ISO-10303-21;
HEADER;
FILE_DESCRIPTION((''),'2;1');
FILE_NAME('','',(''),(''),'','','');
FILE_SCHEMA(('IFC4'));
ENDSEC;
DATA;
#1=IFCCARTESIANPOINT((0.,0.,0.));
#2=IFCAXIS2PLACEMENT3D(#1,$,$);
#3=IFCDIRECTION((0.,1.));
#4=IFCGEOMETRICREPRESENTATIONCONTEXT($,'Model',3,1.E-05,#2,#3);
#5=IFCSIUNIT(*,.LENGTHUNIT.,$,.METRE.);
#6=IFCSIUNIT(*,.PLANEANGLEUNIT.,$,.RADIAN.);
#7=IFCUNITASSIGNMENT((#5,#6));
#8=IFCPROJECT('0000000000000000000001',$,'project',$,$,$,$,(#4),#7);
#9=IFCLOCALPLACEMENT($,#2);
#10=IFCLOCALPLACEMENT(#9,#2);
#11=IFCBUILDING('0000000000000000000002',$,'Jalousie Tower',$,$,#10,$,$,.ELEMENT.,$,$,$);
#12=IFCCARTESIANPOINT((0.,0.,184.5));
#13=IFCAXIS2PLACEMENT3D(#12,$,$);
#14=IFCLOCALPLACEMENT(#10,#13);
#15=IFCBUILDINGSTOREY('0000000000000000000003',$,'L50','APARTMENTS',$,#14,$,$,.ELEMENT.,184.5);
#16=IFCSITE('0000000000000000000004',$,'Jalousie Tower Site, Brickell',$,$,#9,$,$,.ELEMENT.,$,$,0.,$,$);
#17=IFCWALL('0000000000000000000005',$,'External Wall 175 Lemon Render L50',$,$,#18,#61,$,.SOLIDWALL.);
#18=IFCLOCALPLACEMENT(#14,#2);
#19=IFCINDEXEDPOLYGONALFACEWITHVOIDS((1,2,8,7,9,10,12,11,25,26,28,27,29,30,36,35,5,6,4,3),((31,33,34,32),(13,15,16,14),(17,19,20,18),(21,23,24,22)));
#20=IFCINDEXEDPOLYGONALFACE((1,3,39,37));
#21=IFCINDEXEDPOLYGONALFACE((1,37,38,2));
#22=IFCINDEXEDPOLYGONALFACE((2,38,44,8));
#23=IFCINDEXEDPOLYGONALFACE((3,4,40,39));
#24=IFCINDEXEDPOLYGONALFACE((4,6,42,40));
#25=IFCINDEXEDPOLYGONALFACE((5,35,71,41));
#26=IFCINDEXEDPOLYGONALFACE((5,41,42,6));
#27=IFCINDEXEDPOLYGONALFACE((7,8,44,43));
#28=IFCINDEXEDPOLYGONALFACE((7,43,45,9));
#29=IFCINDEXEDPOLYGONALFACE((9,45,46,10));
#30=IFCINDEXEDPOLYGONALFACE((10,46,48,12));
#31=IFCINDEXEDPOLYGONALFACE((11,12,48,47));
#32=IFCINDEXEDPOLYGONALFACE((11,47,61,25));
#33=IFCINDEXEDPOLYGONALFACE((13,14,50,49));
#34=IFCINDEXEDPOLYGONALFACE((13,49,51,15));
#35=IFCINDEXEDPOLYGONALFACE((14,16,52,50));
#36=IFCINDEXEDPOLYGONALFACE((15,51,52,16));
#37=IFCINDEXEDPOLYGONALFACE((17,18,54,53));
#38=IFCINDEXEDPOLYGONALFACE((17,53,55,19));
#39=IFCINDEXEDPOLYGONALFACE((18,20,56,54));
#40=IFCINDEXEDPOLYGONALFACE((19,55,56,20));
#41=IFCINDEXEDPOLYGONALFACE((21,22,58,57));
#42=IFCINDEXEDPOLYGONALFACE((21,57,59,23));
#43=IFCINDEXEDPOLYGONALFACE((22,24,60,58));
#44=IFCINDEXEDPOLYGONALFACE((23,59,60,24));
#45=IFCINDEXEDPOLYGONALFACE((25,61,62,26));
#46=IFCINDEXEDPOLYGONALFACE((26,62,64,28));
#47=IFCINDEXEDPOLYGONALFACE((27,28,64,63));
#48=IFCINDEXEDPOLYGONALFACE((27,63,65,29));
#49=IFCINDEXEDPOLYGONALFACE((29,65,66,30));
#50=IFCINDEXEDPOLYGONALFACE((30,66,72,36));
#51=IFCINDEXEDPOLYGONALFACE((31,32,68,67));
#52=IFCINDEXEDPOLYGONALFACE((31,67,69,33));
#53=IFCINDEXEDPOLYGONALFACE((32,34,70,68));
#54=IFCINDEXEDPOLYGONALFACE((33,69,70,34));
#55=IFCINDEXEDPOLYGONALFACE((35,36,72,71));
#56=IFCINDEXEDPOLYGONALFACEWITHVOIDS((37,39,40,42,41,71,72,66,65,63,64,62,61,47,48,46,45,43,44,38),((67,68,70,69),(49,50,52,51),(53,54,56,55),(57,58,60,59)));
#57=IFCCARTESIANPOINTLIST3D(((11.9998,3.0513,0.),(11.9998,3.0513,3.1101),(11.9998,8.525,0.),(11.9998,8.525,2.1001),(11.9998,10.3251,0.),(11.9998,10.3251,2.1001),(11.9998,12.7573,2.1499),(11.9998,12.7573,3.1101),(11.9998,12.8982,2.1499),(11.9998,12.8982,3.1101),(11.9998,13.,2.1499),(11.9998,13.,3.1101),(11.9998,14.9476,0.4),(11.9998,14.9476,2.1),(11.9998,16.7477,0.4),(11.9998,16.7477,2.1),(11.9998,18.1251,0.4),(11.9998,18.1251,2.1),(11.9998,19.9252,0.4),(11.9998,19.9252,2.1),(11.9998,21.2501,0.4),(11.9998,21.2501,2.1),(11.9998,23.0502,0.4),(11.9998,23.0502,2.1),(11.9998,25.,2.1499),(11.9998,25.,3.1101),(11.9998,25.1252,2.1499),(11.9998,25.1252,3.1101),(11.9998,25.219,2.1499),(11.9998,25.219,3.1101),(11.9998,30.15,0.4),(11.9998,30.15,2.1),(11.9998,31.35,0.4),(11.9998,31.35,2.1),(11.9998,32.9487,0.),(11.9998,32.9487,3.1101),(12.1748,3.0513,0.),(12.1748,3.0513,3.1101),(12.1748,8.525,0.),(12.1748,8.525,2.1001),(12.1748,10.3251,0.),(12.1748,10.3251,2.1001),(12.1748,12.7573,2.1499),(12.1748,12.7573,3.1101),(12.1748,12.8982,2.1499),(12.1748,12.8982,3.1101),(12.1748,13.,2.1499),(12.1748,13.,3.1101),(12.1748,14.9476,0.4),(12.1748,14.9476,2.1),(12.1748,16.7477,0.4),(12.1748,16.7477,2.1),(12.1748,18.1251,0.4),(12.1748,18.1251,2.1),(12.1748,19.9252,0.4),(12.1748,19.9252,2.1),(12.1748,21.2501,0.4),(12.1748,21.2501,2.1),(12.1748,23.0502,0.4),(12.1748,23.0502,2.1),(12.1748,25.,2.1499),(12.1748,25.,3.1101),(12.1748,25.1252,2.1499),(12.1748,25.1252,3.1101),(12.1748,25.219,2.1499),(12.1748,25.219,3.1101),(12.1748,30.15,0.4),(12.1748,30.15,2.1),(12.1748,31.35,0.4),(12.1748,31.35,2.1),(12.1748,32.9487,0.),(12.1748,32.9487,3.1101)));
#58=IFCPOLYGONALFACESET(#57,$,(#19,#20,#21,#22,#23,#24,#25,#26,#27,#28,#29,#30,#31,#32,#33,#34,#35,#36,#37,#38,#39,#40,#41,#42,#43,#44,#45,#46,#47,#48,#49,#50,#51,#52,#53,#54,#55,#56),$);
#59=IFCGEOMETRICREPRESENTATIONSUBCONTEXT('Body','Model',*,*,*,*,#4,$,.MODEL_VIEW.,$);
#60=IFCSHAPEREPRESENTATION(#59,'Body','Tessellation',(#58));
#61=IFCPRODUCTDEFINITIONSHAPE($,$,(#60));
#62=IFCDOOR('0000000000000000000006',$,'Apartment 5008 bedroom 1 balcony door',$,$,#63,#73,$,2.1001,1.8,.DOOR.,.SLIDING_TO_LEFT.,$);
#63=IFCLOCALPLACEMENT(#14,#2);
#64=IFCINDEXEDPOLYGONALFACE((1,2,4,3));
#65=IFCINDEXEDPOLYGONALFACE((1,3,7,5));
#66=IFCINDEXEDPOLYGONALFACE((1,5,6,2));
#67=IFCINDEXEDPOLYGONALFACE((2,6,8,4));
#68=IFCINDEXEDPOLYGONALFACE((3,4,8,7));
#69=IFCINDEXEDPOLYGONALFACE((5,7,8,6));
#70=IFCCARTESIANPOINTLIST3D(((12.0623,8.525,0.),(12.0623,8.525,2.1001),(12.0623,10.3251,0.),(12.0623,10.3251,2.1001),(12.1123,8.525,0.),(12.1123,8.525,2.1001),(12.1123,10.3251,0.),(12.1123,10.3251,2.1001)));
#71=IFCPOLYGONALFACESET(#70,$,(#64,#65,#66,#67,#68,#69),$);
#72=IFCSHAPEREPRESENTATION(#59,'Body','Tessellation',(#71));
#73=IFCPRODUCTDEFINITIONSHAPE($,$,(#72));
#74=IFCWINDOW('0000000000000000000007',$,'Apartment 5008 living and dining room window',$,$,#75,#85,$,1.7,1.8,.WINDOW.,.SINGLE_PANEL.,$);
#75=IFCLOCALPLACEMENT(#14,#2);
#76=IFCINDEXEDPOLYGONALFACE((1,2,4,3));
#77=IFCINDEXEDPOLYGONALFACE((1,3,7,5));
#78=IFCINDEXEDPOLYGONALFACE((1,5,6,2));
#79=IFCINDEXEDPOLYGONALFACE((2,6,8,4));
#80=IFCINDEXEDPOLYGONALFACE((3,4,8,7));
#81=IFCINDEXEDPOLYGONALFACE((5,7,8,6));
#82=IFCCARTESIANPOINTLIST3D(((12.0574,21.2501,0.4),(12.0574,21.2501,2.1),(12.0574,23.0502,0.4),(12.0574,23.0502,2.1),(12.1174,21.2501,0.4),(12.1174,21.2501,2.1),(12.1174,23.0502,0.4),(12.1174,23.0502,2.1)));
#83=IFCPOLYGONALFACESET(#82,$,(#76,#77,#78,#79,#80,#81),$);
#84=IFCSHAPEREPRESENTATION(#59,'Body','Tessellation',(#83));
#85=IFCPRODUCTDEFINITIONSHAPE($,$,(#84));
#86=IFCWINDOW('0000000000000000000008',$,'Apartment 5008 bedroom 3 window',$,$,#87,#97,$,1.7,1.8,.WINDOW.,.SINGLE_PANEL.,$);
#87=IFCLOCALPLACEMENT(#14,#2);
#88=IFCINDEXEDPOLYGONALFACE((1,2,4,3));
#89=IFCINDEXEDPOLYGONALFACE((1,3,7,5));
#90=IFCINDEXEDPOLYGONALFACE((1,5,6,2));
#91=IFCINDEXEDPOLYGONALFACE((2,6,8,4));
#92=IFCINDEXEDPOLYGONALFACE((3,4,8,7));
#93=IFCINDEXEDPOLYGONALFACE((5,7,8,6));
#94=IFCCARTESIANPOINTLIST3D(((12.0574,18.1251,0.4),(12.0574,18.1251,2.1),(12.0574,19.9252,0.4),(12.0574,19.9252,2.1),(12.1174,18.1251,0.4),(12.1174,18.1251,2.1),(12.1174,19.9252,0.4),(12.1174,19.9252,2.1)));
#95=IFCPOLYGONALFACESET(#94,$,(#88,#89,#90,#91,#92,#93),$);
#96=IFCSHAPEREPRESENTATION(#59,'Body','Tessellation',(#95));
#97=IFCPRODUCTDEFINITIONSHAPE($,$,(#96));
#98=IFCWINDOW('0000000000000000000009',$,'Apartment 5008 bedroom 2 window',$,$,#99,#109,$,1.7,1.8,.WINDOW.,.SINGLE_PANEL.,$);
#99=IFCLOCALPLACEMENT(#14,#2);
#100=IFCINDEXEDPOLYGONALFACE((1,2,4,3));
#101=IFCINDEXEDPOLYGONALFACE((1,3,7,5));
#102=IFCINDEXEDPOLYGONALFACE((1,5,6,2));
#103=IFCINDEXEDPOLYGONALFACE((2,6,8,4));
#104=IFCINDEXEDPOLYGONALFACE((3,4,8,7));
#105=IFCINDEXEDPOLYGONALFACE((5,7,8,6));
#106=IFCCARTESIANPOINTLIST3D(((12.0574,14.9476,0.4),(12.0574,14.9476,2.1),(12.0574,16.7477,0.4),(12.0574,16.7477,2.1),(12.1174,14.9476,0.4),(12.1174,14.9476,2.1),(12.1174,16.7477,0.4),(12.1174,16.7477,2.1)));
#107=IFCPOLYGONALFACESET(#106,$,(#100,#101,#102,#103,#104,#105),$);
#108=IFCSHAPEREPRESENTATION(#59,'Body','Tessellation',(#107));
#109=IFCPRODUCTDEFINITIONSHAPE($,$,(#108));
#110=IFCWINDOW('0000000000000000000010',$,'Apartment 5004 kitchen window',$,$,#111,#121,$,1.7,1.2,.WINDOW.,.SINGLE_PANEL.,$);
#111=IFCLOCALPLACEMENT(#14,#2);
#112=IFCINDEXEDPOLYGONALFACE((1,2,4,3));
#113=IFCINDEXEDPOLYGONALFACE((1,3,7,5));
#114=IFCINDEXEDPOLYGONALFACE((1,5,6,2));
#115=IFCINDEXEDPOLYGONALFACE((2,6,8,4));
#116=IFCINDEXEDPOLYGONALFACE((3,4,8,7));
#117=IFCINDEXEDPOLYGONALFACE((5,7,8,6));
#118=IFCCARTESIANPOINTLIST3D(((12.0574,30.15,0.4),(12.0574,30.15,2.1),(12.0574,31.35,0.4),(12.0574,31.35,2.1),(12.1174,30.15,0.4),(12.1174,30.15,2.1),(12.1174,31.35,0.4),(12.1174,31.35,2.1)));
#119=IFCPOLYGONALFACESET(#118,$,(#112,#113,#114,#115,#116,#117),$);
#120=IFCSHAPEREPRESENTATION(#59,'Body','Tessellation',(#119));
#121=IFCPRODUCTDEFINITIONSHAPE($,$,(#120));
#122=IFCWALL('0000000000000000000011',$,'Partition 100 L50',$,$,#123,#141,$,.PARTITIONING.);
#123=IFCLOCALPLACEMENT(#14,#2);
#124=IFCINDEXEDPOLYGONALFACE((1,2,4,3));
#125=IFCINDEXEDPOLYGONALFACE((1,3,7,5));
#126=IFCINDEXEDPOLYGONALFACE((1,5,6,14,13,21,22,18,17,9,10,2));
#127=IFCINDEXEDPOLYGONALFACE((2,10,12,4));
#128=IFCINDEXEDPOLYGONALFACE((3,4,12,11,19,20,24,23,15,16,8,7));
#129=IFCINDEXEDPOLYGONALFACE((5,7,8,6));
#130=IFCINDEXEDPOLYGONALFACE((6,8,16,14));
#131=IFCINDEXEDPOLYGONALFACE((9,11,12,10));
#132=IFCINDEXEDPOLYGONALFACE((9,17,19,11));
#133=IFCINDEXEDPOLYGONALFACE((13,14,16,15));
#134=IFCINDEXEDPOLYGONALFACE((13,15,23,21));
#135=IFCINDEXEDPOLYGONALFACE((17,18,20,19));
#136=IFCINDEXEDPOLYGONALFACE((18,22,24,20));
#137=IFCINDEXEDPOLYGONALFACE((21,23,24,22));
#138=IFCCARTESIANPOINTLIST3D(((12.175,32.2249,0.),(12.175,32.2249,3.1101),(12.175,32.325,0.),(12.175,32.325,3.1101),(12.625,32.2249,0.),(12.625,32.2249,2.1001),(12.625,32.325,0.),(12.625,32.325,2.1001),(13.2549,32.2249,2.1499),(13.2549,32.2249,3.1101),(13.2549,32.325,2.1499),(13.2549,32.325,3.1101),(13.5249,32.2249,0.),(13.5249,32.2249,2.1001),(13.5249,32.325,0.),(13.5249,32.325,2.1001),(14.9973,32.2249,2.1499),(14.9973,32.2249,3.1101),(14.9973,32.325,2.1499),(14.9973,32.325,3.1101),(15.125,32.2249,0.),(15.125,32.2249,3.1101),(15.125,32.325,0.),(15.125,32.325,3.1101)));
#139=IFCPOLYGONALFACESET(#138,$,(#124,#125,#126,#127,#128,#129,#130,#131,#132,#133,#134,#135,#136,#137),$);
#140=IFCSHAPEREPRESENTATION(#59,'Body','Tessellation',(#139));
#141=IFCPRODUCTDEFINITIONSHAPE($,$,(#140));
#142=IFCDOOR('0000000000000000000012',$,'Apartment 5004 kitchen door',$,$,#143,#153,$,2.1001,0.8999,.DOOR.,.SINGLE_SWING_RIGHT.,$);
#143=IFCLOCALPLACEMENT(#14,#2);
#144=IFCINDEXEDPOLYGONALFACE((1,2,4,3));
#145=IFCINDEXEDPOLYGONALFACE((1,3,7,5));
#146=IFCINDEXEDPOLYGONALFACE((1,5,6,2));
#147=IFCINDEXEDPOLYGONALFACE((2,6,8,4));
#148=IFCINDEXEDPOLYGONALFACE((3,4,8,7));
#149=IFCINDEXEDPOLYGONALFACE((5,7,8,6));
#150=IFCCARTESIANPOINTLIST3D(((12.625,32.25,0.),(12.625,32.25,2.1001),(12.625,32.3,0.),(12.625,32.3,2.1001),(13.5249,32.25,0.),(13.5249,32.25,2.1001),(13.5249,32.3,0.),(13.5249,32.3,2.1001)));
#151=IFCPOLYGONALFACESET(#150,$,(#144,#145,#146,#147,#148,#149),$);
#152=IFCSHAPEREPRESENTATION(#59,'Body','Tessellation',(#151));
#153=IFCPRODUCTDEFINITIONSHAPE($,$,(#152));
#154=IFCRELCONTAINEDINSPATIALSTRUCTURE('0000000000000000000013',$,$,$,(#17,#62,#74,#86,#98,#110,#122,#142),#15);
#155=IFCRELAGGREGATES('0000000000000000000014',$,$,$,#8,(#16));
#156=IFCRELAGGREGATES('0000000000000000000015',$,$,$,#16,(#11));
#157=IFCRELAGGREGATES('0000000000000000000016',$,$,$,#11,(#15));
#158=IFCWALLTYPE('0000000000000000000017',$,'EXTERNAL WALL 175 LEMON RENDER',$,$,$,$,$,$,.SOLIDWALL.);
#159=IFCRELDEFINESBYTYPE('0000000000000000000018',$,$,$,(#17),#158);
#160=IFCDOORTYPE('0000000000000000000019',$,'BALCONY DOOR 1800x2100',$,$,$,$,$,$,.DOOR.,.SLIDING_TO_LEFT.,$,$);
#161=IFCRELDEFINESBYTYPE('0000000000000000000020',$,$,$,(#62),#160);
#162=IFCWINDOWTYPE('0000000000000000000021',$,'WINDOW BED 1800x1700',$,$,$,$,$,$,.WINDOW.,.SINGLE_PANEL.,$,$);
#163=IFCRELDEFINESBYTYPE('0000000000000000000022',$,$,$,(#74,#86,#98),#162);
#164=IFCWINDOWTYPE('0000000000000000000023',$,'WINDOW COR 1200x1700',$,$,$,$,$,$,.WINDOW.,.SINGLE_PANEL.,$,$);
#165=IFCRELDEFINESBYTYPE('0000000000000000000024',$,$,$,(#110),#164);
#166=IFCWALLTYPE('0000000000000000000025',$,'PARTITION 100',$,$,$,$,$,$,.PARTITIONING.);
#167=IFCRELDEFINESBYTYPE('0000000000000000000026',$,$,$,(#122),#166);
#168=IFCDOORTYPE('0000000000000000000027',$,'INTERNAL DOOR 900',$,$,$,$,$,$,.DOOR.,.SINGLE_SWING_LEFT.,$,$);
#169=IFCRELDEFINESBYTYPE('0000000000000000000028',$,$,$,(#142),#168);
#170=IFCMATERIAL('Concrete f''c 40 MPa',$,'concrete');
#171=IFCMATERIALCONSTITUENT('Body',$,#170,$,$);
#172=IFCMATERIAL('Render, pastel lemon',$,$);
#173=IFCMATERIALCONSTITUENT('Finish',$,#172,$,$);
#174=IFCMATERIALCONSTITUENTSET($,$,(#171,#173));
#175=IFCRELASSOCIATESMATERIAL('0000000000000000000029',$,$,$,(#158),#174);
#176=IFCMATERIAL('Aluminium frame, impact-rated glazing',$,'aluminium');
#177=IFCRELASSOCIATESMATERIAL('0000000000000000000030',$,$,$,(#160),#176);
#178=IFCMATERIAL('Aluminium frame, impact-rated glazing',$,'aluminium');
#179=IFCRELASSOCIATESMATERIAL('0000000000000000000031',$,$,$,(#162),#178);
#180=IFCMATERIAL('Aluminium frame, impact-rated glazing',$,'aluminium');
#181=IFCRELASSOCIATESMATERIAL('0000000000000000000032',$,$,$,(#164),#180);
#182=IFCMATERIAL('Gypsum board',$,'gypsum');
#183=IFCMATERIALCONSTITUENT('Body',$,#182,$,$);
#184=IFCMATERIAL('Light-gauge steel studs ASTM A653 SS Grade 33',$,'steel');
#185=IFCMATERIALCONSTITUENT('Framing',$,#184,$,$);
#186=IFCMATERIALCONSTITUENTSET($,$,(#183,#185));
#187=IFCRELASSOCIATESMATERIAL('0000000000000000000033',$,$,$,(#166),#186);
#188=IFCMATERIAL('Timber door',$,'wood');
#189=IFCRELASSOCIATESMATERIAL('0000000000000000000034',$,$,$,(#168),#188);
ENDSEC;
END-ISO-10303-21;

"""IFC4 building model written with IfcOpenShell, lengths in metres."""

from ifc_helpers import new_model, si_unit, direction, frame, frame_2d, origin, place, context, subcontext, project, spatial, polyline, rectangle, outline, extrude, material, constituent, constituent_set, type_object, element, fill, save


model = new_model("IFC4")

# Units and contexts
model_context = context("Model", 3, precision=1e-05, world=origin(), true_north=direction((0.0, 1.0)))
body_context = subcontext(model_context, "Body", "Model", "MODEL_VIEW")
ifc_project = project(units=[si_unit("LENGTHUNIT", "METRE"), si_unit("PLANEANGLEUNIT", "RADIAN")], contexts=[model_context])

# Site, building, storey
site_placement = place(None, origin())
site = spatial("IfcSite", under=ifc_project, at=site_placement, Name="Jalousie Tower Site, Brickell", CompositionType="ELEMENT", RefElevation=0.0)
building_placement = place(site_placement, origin())
building = spatial("IfcBuilding", under=site, at=building_placement, Name="Jalousie Tower", CompositionType="ELEMENT")
storey_placement = place(building_placement, frame((0.0, 0.0, 184.5)))
storey = spatial("IfcBuildingStorey", under=building, at=storey_placement, Name="L50", Description="APARTMENTS", CompositionType="ELEMENT", Elevation=184.5)

# Wall, openings, door, windows
ifc_material_1 = material(Name="Concrete f'c 40 MPa", Category="concrete")
ifc_constituent_1 = constituent(ifc_material_1, Name="Body")
ifc_material_2 = material(Name="Render, pastel lemon")
ifc_constituent_2 = constituent(ifc_material_2, Name="Finish")
ifc_constituent_set_1 = constituent_set(constituents=[ifc_constituent_1, ifc_constituent_2])
wall_type_1 = type_object("IfcWallType", Name="EXTERNAL WALL 175 LEMON RENDER", PredefinedType="SOLIDWALL", material=ifc_constituent_set_1)
wall_1_placement = place(storey_placement, frame((12.0874, 32.9487, 0.0), z_axis=(0.0, 0.0, 1.0), x_axis=(0.0, -1.0, 0.0)))
wall_1 = element("IfcWall", 1, at=wall_1_placement, inside=storey, type_object=wall_type_1, Name="External Wall 175 Lemon Render L50", PredefinedType="SOLIDWALL", context=body_context, shape_type="SweptSolid", body=[
    extrude(outline(polyline([(0.0, 0.0), (29.8975, 0.0), (29.8975, 3.1101), (20.1914, 3.1101), (20.1914, 2.1499), (20.0505, 2.1499), (20.0505, 3.1101), (19.9487, 3.1101), (19.9487, 2.1499), (7.9487, 2.1499), (7.9487, 3.1101), (7.8235, 3.1101), (7.8235, 2.1499), (7.7297, 2.1499), (7.7297, 3.1101), (0.0, 3.1101), (0.0, 0.0)])), frame((0.0, 0.0874, 0.0), z_axis=(0.0, -1.0, 0.0), x_axis=(1.0, 0.0, 0.0)), (0.0, 0.0, 1.0), 0.175),
])
opening_1_placement = place(wall_1_placement, frame((1.5986, 0.0, 0.3999)))
opening_1 = element("IfcOpeningElement", 2, at=opening_1_placement, cuts=wall_1, PredefinedType="OPENING", context=body_context, shape_type="SweptSolid", body=[
    extrude(rectangle(XDim=1.2, YDim=1.7, at=frame_2d((0.6001, 0.8501))), frame((0.0, 0.0974, 0.0), z_axis=(0.0, -1.0, 0.0), x_axis=(1.0, 0.0, 0.0)), (0.0, 0.0, 1.0), 0.1951),
])
opening_2_placement = place(wall_1_placement, frame((9.8987, 0.0, 0.3999)))
opening_2 = element("IfcOpeningElement", 3, at=opening_2_placement, cuts=wall_1, PredefinedType="OPENING", context=body_context, shape_type="SweptSolid", body=[
    extrude(rectangle(XDim=1.8, YDim=1.7, at=frame_2d((0.8999, 0.8501))), frame((0.0, 0.0974, 0.0), z_axis=(0.0, -1.0, 0.0), x_axis=(1.0, 0.0, 0.0)), (0.0, 0.0, 1.0), 0.1951),
])
opening_3_placement = place(wall_1_placement, frame((13.0237, 0.0, 0.3999)))
opening_3 = element("IfcOpeningElement", 4, at=opening_3_placement, cuts=wall_1, PredefinedType="OPENING", context=body_context, shape_type="SweptSolid", body=[
    extrude(rectangle(XDim=1.8, YDim=1.7, at=frame_2d((0.8999, 0.8501))), frame((0.0, 0.0974, 0.0), z_axis=(0.0, -1.0, 0.0), x_axis=(1.0, 0.0, 0.0)), (0.0, 0.0, 1.0), 0.1951),
])
opening_4_placement = place(wall_1_placement, frame((16.2012, 0.0, 0.3999)))
opening_4 = element("IfcOpeningElement", 5, at=opening_4_placement, cuts=wall_1, PredefinedType="OPENING", context=body_context, shape_type="SweptSolid", body=[
    extrude(rectangle(XDim=1.8, YDim=1.7, at=frame_2d((0.8999, 0.8501))), frame((0.0, 0.0974, 0.0), z_axis=(0.0, -1.0, 0.0), x_axis=(1.0, 0.0, 0.0)), (0.0, 0.0, 1.0), 0.1951),
])
opening_5_placement = place(wall_1_placement, frame((22.6238, 0.0, 0.0)))
opening_5 = element("IfcOpeningElement", 6, at=opening_5_placement, cuts=wall_1, PredefinedType="OPENING", context=body_context, shape_type="SweptSolid", body=[
    extrude(rectangle(XDim=1.8, YDim=2.1001, at=frame_2d((0.8999, 1.05))), frame((0.0, 0.0974, 0.0), z_axis=(0.0, -1.0, 0.0), x_axis=(1.0, 0.0, 0.0)), (0.0, 0.0, 1.0), 0.1951),
])
ifc_material_3 = material(Name="Aluminium frame, impact-rated glazing", Category="aluminium")
door_type_1 = type_object("IfcDoorType", Name="BALCONY DOOR 1800x2100", OperationType="SLIDING_TO_LEFT", PredefinedType="DOOR", material=ifc_material_3)
door_1_placement = place(opening_5_placement, origin())
door_1 = element("IfcDoor", 7, at=door_1_placement, inside=storey, type_object=door_type_1, Name="Apartment 5008 bedroom 1 balcony door", OperationType="SLIDING_TO_LEFT", OverallHeight=2.1001, OverallWidth=1.8, PredefinedType="DOOR", context=body_context, shape_type="SweptSolid", body=[
    extrude(rectangle(XDim=1.8, YDim=2.1001, at=frame_2d((0.8999, 1.05))), frame((0.0, 0.0249, 0.0), z_axis=(0.0, -1.0, 0.0), x_axis=(1.0, 0.0, 0.0)), (0.0, 0.0, 1.0), 0.05),
])
fill(opening_5, door_1)
ifc_material_4 = material(Name="Aluminium frame, impact-rated glazing", Category="aluminium")
window_type_1 = type_object("IfcWindowType", Name="WINDOW BED 1800x1700", PartitioningType="SINGLE_PANEL", PredefinedType="WINDOW", material=ifc_material_4)
window_1_placement = place(opening_2_placement, origin())
window_1 = element("IfcWindow", 8, at=window_1_placement, inside=storey, type_object=window_type_1, Name="Apartment 5008 living and dining room window", OverallHeight=1.7, OverallWidth=1.8, PartitioningType="SINGLE_PANEL", PredefinedType="WINDOW", context=body_context, shape_type="SweptSolid", body=[
    extrude(rectangle(XDim=1.8, YDim=1.7, at=frame_2d((0.8999, 0.8501))), frame((0.0, 0.03, 0.0), z_axis=(0.0, -1.0, 0.0), x_axis=(1.0, 0.0, 0.0)), (0.0, 0.0, 1.0), 0.0601),
])
fill(opening_2, window_1)
window_2_placement = place(opening_3_placement, origin())
window_2 = element("IfcWindow", 9, at=window_2_placement, inside=storey, type_object=window_type_1, Name="Apartment 5008 bedroom 3 window", OverallHeight=1.7, OverallWidth=1.8, PartitioningType="SINGLE_PANEL", PredefinedType="WINDOW", context=body_context, shape_type="SweptSolid", body=[
    extrude(rectangle(XDim=1.8, YDim=1.7, at=frame_2d((0.8999, 0.8501))), frame((0.0, 0.03, 0.0), z_axis=(0.0, -1.0, 0.0), x_axis=(1.0, 0.0, 0.0)), (0.0, 0.0, 1.0), 0.0601),
])
fill(opening_3, window_2)
window_3_placement = place(opening_4_placement, origin())
window_3 = element("IfcWindow", 10, at=window_3_placement, inside=storey, type_object=window_type_1, Name="Apartment 5008 bedroom 2 window", OverallHeight=1.7, OverallWidth=1.8, PartitioningType="SINGLE_PANEL", PredefinedType="WINDOW", context=body_context, shape_type="SweptSolid", body=[
    extrude(rectangle(XDim=1.8, YDim=1.7, at=frame_2d((0.8999, 0.8501))), frame((0.0, 0.03, 0.0), z_axis=(0.0, -1.0, 0.0), x_axis=(1.0, 0.0, 0.0)), (0.0, 0.0, 1.0), 0.0601),
])
fill(opening_4, window_3)
ifc_material_5 = material(Name="Aluminium frame, impact-rated glazing", Category="aluminium")
window_type_2 = type_object("IfcWindowType", Name="WINDOW COR 1200x1700", PartitioningType="SINGLE_PANEL", PredefinedType="WINDOW", material=ifc_material_5)
window_4_placement = place(opening_1_placement, origin())
window_4 = element("IfcWindow", 11, at=window_4_placement, inside=storey, type_object=window_type_2, Name="Apartment 5004 kitchen window", OverallHeight=1.7, OverallWidth=1.2, PartitioningType="SINGLE_PANEL", PredefinedType="WINDOW", context=body_context, shape_type="SweptSolid", body=[
    extrude(rectangle(XDim=1.2, YDim=1.7, at=frame_2d((0.6001, 0.8501))), frame((0.0, 0.03, 0.0), z_axis=(0.0, -1.0, 0.0), x_axis=(1.0, 0.0, 0.0)), (0.0, 0.0, 1.0), 0.0601),
])
fill(opening_1, window_4)

# Wall, opening, door
ifc_material_6 = material(Name="Gypsum board", Category="gypsum")
ifc_constituent_3 = constituent(ifc_material_6, Name="Body")
ifc_material_7 = material(Name="Light-gauge steel studs ASTM A653 SS Grade 33", Category="steel")
ifc_constituent_4 = constituent(ifc_material_7, Name="Framing")
ifc_constituent_set_2 = constituent_set(constituents=[ifc_constituent_3, ifc_constituent_4])
wall_type_2 = type_object("IfcWallType", Name="PARTITION 100", PredefinedType="PARTITIONING", material=ifc_constituent_set_2)
wall_2_placement = place(storey_placement, frame((12.175, 32.2749, 0.0), z_axis=(0.0, 0.0, 1.0), x_axis=(1.0, 0.0, 0.0)))
wall_2 = element("IfcWall", 12, at=wall_2_placement, inside=storey, type_object=wall_type_2, Name="Partition 100 L50", PredefinedType="PARTITIONING", context=body_context, shape_type="SweptSolid", body=[
    extrude(outline(polyline([(0.0, 0.0), (2.95, 0.0), (2.95, 3.1101), (2.8223, 3.1101), (2.8223, 2.1499), (1.0798, 2.1499), (1.0798, 3.1101), (0.0, 3.1101), (0.0, 0.0)])), frame((0.0, 0.05, 0.0), z_axis=(0.0, -1.0, 0.0), x_axis=(1.0, 0.0, 0.0)), (0.0, 0.0, 1.0), 0.1001),
])
opening_6_placement = place(wall_2_placement, frame((0.45, 0.0, 0.0)))
opening_6 = element("IfcOpeningElement", 13, at=opening_6_placement, cuts=wall_2, PredefinedType="OPENING", context=body_context, shape_type="SweptSolid", body=[
    extrude(rectangle(XDim=0.8999, YDim=2.1001, at=frame_2d((0.45, 1.05))), frame((0.0, 0.0601, 0.0), z_axis=(0.0, -1.0, 0.0), x_axis=(1.0, 0.0, 0.0)), (0.0, 0.0, 1.0), 0.1201),
])
ifc_material_8 = material(Name="Timber door", Category="wood")
door_type_2 = type_object("IfcDoorType", Name="INTERNAL DOOR 900", OperationType="SINGLE_SWING_LEFT", PredefinedType="DOOR", material=ifc_material_8)
door_2_placement = place(opening_6_placement, frame((0.8999, 0.0, 0.0), z_axis=(0.0, 0.0, 1.0), x_axis=(-1.0, 0.0, 0.0)))
door_2 = element("IfcDoor", 14, at=door_2_placement, inside=storey, type_object=door_type_2, Name="Apartment 5004 kitchen door", OperationType="SINGLE_SWING_RIGHT", OverallHeight=2.1001, OverallWidth=0.8999, PredefinedType="DOOR", context=body_context, shape_type="SweptSolid", body=[
    extrude(rectangle(XDim=0.8999, YDim=2.1001, at=frame_2d((0.45, 1.05))), frame((0.0, 0.0249, 0.0), z_axis=(0.0, -1.0, 0.0), x_axis=(1.0, 0.0, 0.0)), (0.0, 0.0, 1.0), 0.05),
])
fill(opening_6, door_2)

save(model, "model.ifc")
